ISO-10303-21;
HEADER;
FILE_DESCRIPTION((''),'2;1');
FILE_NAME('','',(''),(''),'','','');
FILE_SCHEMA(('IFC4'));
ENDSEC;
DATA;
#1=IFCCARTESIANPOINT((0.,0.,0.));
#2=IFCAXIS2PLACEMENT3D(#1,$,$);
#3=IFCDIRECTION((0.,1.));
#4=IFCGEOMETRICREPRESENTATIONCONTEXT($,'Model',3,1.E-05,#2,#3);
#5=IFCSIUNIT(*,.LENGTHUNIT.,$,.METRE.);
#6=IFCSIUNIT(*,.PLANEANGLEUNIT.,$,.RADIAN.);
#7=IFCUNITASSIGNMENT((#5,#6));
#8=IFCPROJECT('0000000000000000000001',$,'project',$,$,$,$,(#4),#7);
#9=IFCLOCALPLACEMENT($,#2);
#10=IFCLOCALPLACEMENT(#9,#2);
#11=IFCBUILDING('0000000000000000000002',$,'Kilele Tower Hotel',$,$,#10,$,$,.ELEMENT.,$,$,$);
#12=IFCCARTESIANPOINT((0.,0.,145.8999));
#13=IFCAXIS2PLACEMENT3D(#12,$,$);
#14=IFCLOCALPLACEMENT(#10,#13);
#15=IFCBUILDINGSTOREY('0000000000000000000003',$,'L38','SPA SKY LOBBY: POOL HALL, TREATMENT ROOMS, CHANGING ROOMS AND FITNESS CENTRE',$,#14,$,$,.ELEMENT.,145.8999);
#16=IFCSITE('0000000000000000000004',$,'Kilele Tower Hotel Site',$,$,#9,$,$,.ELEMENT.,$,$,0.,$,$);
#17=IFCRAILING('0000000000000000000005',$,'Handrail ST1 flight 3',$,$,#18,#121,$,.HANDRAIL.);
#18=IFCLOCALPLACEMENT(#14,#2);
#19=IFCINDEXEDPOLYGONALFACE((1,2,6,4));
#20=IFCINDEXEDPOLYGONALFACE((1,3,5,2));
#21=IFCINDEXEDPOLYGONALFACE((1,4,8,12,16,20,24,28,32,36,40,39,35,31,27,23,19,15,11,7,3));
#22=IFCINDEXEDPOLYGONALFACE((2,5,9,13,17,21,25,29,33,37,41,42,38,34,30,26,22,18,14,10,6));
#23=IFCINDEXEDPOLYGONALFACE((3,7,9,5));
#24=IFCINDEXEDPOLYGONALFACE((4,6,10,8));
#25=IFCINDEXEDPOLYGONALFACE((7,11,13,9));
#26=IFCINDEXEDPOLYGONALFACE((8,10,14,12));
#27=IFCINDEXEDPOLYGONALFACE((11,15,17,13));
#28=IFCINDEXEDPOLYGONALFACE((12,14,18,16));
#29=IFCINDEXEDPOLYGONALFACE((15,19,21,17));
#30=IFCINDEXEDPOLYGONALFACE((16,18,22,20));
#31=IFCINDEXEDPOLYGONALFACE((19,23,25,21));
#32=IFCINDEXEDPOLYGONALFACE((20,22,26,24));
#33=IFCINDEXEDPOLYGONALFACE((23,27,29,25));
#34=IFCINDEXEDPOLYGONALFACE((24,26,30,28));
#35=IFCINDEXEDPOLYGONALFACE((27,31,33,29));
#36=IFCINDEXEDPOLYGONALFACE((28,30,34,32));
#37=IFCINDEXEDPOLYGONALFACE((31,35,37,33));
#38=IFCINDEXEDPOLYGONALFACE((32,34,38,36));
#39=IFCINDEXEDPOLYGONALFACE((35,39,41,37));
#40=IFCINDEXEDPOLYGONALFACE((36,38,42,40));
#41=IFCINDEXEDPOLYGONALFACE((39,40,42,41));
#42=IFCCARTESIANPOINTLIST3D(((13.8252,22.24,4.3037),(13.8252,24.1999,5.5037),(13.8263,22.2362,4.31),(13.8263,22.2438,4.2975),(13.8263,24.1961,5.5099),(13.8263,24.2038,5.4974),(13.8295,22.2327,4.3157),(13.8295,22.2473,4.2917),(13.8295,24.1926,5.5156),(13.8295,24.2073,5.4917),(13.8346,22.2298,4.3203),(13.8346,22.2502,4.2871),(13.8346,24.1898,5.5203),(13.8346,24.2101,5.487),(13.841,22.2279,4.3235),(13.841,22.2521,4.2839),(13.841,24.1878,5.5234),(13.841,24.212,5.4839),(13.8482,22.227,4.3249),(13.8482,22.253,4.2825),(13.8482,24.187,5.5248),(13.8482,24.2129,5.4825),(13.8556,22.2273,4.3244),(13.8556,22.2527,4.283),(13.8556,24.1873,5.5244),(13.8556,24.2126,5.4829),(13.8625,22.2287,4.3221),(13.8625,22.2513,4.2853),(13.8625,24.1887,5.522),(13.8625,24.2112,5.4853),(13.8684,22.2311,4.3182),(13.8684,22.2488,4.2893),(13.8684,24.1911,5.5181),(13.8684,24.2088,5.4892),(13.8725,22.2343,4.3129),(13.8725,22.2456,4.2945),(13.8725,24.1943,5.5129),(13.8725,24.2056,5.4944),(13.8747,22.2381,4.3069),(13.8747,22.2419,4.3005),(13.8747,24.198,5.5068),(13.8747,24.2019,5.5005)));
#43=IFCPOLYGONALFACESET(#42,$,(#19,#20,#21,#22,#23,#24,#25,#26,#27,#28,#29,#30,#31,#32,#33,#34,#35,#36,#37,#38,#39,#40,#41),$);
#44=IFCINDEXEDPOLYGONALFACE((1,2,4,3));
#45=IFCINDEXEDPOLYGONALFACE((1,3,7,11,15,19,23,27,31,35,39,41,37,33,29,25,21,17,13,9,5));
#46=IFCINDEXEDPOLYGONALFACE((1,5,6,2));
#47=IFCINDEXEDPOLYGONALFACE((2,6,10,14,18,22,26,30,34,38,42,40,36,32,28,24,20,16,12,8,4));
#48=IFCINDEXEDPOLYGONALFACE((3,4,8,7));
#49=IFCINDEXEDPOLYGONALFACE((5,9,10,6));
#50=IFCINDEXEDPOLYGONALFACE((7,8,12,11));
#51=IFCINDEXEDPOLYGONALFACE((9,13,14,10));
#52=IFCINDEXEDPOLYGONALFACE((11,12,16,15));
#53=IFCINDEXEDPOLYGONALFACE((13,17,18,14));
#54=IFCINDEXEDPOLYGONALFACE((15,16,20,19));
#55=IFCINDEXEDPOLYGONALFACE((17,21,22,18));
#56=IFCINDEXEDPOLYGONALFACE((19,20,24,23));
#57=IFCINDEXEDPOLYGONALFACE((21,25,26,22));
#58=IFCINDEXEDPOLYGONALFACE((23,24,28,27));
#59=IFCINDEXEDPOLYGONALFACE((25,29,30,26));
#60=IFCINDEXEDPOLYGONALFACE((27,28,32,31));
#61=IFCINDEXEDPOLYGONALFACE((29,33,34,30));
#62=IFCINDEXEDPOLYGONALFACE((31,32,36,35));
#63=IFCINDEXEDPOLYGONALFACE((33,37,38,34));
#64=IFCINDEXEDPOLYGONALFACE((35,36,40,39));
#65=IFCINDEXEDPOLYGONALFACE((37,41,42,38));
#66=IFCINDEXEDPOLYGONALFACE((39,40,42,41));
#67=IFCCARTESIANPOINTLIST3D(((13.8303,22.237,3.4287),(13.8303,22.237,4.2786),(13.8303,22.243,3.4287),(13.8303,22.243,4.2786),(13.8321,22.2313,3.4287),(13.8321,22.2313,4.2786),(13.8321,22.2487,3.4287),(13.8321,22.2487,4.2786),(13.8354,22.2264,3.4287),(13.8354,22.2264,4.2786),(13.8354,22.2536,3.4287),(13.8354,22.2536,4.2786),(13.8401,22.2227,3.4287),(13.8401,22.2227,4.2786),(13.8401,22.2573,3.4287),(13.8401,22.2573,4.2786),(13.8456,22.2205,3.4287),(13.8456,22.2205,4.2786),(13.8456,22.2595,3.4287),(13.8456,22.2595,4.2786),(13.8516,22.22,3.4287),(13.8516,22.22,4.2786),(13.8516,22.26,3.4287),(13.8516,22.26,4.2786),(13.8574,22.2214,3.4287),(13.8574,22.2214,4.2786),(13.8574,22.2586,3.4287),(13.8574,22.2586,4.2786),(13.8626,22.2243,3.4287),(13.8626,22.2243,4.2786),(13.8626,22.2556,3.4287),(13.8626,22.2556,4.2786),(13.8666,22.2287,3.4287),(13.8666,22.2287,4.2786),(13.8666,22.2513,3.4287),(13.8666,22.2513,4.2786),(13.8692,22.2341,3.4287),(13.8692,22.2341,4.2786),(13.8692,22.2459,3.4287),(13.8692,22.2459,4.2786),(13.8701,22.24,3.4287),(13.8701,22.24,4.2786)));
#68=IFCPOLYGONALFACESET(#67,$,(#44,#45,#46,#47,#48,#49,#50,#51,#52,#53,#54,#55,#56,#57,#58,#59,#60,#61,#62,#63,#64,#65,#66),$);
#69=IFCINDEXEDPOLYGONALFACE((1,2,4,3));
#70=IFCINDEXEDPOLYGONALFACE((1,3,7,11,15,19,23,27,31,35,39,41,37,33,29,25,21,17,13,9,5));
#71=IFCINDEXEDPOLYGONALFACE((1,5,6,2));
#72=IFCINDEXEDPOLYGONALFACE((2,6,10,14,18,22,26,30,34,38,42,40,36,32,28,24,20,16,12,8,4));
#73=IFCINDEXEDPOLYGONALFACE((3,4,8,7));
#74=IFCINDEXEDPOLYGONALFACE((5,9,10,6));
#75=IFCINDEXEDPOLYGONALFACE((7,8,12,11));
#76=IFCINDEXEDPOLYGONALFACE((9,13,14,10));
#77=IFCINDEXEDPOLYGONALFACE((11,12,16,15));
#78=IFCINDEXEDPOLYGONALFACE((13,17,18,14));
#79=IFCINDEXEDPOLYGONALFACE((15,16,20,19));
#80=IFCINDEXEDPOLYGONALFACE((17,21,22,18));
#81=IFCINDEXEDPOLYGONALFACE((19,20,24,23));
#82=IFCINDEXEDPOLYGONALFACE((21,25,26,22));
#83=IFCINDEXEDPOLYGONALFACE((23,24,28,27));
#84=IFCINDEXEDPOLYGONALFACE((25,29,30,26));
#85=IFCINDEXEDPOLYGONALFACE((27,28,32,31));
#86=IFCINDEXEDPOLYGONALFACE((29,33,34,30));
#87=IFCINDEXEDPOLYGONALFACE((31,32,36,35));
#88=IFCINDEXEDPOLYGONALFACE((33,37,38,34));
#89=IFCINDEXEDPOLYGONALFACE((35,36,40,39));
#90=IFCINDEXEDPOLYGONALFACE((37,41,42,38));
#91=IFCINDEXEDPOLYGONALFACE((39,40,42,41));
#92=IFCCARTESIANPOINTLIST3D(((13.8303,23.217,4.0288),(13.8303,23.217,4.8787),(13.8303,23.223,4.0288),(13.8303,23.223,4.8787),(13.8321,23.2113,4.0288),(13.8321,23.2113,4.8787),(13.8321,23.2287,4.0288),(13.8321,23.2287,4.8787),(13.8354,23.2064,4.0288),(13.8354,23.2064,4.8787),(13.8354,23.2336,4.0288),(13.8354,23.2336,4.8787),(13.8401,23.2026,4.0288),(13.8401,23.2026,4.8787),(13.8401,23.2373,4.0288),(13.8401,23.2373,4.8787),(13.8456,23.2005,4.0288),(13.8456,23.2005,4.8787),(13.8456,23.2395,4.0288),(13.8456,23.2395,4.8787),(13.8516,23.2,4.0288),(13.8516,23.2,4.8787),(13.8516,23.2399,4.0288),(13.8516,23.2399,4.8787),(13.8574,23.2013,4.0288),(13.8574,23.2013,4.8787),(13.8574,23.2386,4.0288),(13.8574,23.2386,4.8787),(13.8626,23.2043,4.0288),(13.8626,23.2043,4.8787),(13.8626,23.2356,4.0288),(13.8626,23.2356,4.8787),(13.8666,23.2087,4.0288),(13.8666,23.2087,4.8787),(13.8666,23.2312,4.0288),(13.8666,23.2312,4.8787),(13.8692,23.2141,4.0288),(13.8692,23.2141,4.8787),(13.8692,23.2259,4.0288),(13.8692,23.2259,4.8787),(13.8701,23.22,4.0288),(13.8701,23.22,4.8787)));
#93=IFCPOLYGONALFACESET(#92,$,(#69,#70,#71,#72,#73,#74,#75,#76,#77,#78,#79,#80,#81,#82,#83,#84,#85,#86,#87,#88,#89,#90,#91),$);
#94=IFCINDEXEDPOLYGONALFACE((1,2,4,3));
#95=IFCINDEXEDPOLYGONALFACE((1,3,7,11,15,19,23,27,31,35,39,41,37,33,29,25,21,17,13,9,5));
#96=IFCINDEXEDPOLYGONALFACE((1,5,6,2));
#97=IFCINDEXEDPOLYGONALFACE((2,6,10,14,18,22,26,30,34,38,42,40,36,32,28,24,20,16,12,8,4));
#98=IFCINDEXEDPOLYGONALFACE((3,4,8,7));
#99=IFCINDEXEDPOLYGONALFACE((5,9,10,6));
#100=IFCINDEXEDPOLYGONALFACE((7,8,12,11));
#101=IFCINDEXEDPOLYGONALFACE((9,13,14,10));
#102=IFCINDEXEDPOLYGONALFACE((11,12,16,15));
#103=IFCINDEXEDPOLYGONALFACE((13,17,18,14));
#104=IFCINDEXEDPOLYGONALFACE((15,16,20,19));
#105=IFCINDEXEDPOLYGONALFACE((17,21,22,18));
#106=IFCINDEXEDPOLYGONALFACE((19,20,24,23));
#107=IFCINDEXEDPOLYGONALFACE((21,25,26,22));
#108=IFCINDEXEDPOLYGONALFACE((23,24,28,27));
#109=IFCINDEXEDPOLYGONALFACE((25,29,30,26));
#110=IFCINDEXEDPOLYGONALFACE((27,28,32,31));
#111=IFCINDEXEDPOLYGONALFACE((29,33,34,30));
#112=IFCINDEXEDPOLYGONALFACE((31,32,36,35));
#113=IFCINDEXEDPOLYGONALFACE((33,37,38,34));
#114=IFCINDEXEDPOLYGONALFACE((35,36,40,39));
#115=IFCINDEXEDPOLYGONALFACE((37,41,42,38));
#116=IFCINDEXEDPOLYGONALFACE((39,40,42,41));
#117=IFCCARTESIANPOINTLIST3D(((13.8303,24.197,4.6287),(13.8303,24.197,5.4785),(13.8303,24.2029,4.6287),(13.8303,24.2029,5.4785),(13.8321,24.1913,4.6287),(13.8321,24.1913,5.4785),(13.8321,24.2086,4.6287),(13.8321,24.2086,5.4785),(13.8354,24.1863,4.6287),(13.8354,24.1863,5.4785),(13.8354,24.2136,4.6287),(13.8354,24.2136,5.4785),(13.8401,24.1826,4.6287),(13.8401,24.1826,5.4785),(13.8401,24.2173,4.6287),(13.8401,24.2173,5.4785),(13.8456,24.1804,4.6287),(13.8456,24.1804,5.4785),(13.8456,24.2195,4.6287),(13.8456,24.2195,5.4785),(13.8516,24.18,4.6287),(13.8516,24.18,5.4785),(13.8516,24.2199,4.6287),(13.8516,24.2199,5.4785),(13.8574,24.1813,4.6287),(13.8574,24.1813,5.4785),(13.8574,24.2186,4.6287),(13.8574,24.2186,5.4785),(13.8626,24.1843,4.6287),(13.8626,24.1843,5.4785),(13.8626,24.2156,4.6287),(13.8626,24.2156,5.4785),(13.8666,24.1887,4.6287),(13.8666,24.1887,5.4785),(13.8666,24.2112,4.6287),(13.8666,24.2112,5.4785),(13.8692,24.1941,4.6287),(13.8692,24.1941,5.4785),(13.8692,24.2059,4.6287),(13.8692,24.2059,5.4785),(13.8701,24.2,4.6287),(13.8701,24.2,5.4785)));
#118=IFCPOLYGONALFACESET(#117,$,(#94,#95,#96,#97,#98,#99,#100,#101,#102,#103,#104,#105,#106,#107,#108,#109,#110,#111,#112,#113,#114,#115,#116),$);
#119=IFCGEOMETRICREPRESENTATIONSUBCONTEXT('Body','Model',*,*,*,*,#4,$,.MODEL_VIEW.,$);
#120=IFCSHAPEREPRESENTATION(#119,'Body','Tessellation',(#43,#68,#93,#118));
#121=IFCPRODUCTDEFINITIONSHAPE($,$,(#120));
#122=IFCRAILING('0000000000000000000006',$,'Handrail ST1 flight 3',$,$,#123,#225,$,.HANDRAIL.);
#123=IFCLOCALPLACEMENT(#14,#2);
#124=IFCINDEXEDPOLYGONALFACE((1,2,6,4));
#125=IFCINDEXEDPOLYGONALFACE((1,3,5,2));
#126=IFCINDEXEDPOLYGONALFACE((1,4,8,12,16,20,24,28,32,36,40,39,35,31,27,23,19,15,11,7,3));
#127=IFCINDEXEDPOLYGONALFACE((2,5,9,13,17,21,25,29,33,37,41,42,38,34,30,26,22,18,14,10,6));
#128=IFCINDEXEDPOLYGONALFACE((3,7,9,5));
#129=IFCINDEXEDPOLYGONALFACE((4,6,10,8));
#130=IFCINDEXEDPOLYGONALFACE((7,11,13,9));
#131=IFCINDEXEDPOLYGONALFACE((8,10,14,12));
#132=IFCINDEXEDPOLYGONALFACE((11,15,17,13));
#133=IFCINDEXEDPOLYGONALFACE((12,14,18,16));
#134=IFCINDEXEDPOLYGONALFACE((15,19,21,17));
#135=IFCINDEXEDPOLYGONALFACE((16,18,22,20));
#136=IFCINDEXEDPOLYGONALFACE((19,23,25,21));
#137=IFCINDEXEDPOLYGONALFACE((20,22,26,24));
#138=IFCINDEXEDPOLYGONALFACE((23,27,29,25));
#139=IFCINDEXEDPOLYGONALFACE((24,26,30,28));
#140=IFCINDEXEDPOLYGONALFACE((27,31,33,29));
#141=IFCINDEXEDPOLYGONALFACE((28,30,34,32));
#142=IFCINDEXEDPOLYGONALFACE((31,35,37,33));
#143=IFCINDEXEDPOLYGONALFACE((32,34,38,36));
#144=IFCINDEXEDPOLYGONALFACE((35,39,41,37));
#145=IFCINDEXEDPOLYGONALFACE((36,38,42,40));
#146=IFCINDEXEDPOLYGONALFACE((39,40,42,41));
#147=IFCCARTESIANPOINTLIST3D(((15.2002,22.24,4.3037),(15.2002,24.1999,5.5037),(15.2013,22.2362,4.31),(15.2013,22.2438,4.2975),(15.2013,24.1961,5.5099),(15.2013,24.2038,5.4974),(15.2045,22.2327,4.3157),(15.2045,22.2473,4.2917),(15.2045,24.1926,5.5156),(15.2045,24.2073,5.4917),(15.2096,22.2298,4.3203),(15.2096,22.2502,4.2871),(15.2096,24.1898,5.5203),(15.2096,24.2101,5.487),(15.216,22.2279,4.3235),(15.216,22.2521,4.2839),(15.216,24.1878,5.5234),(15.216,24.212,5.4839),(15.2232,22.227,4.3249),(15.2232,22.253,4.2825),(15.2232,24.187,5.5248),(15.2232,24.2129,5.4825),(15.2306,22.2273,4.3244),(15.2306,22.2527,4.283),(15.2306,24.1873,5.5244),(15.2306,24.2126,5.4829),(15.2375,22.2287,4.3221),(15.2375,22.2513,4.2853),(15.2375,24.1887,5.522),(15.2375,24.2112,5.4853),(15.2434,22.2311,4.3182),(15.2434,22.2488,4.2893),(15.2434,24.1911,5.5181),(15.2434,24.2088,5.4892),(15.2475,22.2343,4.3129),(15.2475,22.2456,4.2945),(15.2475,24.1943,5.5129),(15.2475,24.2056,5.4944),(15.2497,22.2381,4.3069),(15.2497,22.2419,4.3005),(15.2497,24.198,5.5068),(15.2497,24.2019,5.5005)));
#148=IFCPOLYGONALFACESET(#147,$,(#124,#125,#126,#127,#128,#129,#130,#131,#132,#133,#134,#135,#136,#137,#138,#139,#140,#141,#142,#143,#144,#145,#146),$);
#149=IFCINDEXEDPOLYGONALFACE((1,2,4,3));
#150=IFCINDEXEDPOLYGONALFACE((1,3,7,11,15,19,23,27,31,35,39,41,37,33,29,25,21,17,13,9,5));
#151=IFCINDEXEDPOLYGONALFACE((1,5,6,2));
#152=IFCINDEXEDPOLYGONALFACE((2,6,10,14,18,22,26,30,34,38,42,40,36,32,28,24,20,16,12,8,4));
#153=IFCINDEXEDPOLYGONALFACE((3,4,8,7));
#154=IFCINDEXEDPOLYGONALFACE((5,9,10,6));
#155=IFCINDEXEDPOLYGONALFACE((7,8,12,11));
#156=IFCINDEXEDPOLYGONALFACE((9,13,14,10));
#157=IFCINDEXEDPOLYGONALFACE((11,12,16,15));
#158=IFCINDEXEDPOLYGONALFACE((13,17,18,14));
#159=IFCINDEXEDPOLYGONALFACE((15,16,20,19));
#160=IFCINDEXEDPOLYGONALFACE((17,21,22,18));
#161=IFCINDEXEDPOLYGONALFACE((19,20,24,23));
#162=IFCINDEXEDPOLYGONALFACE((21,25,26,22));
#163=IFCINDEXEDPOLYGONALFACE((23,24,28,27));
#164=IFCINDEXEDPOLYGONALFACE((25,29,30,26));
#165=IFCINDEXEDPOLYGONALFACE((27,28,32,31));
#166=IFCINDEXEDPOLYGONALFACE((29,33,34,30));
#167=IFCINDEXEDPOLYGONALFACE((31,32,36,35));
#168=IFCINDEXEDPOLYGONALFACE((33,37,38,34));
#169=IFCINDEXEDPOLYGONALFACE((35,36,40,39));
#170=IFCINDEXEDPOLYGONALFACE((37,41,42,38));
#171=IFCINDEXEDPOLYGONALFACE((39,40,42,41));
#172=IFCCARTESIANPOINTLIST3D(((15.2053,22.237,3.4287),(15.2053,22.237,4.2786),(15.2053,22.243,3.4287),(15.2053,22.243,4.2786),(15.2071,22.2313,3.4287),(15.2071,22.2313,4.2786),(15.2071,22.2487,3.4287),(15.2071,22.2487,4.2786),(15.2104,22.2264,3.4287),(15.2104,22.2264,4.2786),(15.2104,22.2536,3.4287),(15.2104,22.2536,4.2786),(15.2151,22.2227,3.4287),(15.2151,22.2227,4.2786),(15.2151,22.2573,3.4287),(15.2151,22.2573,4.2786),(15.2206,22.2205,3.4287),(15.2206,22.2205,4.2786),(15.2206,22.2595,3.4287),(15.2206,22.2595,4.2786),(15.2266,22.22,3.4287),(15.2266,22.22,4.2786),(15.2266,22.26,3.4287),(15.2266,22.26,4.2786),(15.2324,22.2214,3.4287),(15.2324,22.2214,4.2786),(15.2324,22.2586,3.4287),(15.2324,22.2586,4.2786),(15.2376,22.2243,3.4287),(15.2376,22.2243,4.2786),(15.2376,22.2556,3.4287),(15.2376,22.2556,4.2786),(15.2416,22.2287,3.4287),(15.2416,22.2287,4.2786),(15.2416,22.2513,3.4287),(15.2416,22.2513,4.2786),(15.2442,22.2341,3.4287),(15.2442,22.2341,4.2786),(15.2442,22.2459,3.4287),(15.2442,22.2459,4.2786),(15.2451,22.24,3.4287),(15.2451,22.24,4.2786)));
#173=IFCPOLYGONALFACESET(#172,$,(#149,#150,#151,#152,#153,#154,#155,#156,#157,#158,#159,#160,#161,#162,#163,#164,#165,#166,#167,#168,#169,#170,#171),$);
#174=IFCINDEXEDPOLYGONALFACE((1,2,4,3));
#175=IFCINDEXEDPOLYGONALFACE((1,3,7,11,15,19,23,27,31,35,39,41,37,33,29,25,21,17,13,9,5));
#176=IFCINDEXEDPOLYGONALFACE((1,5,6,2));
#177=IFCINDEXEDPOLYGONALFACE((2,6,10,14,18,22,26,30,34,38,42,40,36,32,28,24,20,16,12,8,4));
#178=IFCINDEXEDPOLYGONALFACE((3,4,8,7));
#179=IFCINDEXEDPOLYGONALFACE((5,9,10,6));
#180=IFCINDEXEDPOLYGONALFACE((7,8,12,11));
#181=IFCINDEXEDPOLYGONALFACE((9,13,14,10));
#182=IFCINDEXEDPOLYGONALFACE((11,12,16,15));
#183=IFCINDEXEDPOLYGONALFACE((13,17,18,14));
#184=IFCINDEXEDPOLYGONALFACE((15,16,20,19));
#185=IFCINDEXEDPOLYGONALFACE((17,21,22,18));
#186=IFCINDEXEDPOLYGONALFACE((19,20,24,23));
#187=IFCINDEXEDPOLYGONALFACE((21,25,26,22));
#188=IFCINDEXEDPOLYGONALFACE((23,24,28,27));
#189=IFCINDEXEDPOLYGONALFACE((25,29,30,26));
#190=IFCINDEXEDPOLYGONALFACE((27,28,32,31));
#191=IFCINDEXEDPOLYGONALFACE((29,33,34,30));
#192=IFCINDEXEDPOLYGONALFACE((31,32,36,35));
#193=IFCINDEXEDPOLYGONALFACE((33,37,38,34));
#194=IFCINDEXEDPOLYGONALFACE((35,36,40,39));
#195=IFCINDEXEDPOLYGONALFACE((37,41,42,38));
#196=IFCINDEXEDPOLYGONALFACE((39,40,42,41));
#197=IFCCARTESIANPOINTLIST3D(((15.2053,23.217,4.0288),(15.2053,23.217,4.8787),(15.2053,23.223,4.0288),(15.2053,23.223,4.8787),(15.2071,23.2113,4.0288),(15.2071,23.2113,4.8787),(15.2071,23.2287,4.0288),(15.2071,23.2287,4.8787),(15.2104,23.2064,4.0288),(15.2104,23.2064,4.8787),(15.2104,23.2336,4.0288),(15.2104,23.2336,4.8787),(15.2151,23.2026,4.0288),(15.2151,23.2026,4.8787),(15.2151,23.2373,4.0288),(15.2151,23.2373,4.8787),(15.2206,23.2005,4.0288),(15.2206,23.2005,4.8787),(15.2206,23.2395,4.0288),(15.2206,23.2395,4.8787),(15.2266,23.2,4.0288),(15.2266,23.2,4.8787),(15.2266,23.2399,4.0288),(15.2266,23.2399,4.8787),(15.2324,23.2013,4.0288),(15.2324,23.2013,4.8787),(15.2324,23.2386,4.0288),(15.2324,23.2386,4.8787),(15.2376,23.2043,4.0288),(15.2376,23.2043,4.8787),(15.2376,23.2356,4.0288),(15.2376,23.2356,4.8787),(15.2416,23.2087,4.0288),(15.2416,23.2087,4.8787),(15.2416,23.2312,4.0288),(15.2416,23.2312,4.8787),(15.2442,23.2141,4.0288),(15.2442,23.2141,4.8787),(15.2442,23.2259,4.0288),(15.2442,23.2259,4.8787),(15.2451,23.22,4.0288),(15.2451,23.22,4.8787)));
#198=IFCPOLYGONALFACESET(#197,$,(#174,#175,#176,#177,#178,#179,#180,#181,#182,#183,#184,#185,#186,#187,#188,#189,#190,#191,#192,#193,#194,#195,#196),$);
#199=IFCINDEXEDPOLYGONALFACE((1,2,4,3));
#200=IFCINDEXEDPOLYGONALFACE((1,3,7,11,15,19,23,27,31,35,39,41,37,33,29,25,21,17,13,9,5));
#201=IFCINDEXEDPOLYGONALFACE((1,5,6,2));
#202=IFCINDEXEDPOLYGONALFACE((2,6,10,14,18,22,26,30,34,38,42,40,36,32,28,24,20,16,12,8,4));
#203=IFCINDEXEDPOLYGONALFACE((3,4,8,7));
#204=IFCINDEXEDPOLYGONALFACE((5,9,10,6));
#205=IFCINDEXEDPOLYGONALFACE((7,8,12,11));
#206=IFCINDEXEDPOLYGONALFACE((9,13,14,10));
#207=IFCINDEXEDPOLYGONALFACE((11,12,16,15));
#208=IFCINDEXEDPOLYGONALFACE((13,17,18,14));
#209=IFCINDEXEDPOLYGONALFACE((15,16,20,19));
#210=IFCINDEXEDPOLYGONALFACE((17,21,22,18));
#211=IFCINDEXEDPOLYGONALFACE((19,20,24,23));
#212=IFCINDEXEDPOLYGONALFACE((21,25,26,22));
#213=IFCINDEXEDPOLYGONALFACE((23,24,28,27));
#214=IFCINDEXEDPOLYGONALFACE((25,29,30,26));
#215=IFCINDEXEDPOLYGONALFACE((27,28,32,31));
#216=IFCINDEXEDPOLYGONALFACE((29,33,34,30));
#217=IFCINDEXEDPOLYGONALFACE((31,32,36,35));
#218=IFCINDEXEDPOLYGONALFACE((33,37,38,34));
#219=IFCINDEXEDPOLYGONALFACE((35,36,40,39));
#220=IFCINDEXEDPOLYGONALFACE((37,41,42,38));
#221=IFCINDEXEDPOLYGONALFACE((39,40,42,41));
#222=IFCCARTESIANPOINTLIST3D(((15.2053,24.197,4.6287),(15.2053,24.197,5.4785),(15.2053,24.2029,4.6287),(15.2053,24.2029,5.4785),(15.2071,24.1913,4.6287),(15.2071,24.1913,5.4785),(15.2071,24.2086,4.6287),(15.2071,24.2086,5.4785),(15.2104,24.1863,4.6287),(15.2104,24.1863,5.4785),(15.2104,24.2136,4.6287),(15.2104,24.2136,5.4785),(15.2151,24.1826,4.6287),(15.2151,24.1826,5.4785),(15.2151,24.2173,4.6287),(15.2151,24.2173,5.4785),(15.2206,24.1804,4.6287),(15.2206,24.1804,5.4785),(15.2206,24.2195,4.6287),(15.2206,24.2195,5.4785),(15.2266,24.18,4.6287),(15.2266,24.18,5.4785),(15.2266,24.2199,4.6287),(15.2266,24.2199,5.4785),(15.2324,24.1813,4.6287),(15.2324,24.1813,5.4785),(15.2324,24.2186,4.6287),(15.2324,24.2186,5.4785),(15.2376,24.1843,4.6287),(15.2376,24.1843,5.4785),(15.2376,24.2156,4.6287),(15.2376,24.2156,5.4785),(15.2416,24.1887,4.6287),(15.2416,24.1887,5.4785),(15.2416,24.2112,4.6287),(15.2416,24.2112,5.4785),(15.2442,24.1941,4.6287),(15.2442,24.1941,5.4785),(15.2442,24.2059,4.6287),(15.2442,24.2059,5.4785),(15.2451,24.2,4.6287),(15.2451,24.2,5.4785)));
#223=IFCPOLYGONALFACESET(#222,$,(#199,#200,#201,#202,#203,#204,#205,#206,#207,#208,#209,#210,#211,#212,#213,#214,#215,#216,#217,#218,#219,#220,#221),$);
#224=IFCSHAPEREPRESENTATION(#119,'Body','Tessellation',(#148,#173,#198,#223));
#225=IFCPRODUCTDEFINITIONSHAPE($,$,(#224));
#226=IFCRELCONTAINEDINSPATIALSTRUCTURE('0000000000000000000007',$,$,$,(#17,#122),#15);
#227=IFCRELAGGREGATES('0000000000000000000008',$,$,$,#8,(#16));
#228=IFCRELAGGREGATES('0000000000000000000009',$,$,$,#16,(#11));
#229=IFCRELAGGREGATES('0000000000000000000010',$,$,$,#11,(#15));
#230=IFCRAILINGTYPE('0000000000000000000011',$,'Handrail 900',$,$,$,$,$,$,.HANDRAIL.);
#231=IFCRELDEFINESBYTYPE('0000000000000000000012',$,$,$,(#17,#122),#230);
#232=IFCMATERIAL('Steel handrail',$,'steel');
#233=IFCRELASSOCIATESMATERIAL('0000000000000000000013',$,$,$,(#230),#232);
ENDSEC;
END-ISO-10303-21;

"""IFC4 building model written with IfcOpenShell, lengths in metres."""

from ifc_helpers import new_model, si_unit, direction, frame, origin, origin_2d, place, context, subcontext, project, spatial, circle, extrude, material, type_object, element, save


model = new_model("IFC4")

# Units and contexts
model_context = context("Model", 3, precision=1e-05, world=origin(), true_north=direction((0.0, 1.0)))
body_context = subcontext(model_context, "Body", "Model", "MODEL_VIEW")
ifc_project = project(units=[si_unit("LENGTHUNIT", "METRE"), si_unit("PLANEANGLEUNIT", "RADIAN")], contexts=[model_context])

# Site, building, storey
site_placement = place(None, origin())
site = spatial("IfcSite", under=ifc_project, at=site_placement, Name="Kilele Tower Hotel Site", CompositionType="ELEMENT", RefElevation=0.0)
building_placement = place(site_placement, origin())
building = spatial("IfcBuilding", under=site, at=building_placement, Name="Kilele Tower Hotel", CompositionType="ELEMENT")
storey_placement = place(building_placement, frame((0.0, 0.0, 145.8999)))
storey = spatial("IfcBuildingStorey", under=building, at=storey_placement, Name="L38", Description="SPA SKY LOBBY: POOL HALL, TREATMENT ROOMS, CHANGING ROOMS AND FITNESS CENTRE", CompositionType="ELEMENT", Elevation=145.8999)

# Railings
ifc_material_1 = material(Name="Steel handrail", Category="steel")
railing_type_1 = type_object("IfcRailingType", Name="Handrail 900", PredefinedType="HANDRAIL", material=ifc_material_1)
for number, where, name in (
    (1, (13.8501, 22.24, 3.4287), "Handrail ST1 flight 3"),
    (2, (15.2251, 22.24, 3.4287), "Handrail ST1 flight 3"),
):
    element("IfcRailing", number, at=place(storey_placement, frame(where)), inside=storey, type_object=railing_type_1, Name=name, PredefinedType="HANDRAIL", context=body_context, shape_type="SweptSolid", body=[
        extrude(circle(Radius=0.0249, at=origin_2d()), frame((0.0, 0.0, 0.875), z_axis=(0.0, 0.852856, 0.522146), x_axis=(-1.0, 0.0, 0.0)), (0.0, 0.0, 1.0), 2.2981),
        extrude(circle(Radius=0.02, at=origin_2d()), origin(), (0.0, 0.0, 1.0), 0.8499),
        extrude(circle(Radius=0.02, at=origin_2d()), frame((0.0, 0.98, 0.6001)), (0.0, 0.0, 1.0), 0.8499),
        extrude(circle(Radius=0.02, at=origin_2d()), frame((0.0, 1.96, 1.2)), (0.0, 0.0, 1.0), 0.8499),
    ])

save(model, "model.ifc")
